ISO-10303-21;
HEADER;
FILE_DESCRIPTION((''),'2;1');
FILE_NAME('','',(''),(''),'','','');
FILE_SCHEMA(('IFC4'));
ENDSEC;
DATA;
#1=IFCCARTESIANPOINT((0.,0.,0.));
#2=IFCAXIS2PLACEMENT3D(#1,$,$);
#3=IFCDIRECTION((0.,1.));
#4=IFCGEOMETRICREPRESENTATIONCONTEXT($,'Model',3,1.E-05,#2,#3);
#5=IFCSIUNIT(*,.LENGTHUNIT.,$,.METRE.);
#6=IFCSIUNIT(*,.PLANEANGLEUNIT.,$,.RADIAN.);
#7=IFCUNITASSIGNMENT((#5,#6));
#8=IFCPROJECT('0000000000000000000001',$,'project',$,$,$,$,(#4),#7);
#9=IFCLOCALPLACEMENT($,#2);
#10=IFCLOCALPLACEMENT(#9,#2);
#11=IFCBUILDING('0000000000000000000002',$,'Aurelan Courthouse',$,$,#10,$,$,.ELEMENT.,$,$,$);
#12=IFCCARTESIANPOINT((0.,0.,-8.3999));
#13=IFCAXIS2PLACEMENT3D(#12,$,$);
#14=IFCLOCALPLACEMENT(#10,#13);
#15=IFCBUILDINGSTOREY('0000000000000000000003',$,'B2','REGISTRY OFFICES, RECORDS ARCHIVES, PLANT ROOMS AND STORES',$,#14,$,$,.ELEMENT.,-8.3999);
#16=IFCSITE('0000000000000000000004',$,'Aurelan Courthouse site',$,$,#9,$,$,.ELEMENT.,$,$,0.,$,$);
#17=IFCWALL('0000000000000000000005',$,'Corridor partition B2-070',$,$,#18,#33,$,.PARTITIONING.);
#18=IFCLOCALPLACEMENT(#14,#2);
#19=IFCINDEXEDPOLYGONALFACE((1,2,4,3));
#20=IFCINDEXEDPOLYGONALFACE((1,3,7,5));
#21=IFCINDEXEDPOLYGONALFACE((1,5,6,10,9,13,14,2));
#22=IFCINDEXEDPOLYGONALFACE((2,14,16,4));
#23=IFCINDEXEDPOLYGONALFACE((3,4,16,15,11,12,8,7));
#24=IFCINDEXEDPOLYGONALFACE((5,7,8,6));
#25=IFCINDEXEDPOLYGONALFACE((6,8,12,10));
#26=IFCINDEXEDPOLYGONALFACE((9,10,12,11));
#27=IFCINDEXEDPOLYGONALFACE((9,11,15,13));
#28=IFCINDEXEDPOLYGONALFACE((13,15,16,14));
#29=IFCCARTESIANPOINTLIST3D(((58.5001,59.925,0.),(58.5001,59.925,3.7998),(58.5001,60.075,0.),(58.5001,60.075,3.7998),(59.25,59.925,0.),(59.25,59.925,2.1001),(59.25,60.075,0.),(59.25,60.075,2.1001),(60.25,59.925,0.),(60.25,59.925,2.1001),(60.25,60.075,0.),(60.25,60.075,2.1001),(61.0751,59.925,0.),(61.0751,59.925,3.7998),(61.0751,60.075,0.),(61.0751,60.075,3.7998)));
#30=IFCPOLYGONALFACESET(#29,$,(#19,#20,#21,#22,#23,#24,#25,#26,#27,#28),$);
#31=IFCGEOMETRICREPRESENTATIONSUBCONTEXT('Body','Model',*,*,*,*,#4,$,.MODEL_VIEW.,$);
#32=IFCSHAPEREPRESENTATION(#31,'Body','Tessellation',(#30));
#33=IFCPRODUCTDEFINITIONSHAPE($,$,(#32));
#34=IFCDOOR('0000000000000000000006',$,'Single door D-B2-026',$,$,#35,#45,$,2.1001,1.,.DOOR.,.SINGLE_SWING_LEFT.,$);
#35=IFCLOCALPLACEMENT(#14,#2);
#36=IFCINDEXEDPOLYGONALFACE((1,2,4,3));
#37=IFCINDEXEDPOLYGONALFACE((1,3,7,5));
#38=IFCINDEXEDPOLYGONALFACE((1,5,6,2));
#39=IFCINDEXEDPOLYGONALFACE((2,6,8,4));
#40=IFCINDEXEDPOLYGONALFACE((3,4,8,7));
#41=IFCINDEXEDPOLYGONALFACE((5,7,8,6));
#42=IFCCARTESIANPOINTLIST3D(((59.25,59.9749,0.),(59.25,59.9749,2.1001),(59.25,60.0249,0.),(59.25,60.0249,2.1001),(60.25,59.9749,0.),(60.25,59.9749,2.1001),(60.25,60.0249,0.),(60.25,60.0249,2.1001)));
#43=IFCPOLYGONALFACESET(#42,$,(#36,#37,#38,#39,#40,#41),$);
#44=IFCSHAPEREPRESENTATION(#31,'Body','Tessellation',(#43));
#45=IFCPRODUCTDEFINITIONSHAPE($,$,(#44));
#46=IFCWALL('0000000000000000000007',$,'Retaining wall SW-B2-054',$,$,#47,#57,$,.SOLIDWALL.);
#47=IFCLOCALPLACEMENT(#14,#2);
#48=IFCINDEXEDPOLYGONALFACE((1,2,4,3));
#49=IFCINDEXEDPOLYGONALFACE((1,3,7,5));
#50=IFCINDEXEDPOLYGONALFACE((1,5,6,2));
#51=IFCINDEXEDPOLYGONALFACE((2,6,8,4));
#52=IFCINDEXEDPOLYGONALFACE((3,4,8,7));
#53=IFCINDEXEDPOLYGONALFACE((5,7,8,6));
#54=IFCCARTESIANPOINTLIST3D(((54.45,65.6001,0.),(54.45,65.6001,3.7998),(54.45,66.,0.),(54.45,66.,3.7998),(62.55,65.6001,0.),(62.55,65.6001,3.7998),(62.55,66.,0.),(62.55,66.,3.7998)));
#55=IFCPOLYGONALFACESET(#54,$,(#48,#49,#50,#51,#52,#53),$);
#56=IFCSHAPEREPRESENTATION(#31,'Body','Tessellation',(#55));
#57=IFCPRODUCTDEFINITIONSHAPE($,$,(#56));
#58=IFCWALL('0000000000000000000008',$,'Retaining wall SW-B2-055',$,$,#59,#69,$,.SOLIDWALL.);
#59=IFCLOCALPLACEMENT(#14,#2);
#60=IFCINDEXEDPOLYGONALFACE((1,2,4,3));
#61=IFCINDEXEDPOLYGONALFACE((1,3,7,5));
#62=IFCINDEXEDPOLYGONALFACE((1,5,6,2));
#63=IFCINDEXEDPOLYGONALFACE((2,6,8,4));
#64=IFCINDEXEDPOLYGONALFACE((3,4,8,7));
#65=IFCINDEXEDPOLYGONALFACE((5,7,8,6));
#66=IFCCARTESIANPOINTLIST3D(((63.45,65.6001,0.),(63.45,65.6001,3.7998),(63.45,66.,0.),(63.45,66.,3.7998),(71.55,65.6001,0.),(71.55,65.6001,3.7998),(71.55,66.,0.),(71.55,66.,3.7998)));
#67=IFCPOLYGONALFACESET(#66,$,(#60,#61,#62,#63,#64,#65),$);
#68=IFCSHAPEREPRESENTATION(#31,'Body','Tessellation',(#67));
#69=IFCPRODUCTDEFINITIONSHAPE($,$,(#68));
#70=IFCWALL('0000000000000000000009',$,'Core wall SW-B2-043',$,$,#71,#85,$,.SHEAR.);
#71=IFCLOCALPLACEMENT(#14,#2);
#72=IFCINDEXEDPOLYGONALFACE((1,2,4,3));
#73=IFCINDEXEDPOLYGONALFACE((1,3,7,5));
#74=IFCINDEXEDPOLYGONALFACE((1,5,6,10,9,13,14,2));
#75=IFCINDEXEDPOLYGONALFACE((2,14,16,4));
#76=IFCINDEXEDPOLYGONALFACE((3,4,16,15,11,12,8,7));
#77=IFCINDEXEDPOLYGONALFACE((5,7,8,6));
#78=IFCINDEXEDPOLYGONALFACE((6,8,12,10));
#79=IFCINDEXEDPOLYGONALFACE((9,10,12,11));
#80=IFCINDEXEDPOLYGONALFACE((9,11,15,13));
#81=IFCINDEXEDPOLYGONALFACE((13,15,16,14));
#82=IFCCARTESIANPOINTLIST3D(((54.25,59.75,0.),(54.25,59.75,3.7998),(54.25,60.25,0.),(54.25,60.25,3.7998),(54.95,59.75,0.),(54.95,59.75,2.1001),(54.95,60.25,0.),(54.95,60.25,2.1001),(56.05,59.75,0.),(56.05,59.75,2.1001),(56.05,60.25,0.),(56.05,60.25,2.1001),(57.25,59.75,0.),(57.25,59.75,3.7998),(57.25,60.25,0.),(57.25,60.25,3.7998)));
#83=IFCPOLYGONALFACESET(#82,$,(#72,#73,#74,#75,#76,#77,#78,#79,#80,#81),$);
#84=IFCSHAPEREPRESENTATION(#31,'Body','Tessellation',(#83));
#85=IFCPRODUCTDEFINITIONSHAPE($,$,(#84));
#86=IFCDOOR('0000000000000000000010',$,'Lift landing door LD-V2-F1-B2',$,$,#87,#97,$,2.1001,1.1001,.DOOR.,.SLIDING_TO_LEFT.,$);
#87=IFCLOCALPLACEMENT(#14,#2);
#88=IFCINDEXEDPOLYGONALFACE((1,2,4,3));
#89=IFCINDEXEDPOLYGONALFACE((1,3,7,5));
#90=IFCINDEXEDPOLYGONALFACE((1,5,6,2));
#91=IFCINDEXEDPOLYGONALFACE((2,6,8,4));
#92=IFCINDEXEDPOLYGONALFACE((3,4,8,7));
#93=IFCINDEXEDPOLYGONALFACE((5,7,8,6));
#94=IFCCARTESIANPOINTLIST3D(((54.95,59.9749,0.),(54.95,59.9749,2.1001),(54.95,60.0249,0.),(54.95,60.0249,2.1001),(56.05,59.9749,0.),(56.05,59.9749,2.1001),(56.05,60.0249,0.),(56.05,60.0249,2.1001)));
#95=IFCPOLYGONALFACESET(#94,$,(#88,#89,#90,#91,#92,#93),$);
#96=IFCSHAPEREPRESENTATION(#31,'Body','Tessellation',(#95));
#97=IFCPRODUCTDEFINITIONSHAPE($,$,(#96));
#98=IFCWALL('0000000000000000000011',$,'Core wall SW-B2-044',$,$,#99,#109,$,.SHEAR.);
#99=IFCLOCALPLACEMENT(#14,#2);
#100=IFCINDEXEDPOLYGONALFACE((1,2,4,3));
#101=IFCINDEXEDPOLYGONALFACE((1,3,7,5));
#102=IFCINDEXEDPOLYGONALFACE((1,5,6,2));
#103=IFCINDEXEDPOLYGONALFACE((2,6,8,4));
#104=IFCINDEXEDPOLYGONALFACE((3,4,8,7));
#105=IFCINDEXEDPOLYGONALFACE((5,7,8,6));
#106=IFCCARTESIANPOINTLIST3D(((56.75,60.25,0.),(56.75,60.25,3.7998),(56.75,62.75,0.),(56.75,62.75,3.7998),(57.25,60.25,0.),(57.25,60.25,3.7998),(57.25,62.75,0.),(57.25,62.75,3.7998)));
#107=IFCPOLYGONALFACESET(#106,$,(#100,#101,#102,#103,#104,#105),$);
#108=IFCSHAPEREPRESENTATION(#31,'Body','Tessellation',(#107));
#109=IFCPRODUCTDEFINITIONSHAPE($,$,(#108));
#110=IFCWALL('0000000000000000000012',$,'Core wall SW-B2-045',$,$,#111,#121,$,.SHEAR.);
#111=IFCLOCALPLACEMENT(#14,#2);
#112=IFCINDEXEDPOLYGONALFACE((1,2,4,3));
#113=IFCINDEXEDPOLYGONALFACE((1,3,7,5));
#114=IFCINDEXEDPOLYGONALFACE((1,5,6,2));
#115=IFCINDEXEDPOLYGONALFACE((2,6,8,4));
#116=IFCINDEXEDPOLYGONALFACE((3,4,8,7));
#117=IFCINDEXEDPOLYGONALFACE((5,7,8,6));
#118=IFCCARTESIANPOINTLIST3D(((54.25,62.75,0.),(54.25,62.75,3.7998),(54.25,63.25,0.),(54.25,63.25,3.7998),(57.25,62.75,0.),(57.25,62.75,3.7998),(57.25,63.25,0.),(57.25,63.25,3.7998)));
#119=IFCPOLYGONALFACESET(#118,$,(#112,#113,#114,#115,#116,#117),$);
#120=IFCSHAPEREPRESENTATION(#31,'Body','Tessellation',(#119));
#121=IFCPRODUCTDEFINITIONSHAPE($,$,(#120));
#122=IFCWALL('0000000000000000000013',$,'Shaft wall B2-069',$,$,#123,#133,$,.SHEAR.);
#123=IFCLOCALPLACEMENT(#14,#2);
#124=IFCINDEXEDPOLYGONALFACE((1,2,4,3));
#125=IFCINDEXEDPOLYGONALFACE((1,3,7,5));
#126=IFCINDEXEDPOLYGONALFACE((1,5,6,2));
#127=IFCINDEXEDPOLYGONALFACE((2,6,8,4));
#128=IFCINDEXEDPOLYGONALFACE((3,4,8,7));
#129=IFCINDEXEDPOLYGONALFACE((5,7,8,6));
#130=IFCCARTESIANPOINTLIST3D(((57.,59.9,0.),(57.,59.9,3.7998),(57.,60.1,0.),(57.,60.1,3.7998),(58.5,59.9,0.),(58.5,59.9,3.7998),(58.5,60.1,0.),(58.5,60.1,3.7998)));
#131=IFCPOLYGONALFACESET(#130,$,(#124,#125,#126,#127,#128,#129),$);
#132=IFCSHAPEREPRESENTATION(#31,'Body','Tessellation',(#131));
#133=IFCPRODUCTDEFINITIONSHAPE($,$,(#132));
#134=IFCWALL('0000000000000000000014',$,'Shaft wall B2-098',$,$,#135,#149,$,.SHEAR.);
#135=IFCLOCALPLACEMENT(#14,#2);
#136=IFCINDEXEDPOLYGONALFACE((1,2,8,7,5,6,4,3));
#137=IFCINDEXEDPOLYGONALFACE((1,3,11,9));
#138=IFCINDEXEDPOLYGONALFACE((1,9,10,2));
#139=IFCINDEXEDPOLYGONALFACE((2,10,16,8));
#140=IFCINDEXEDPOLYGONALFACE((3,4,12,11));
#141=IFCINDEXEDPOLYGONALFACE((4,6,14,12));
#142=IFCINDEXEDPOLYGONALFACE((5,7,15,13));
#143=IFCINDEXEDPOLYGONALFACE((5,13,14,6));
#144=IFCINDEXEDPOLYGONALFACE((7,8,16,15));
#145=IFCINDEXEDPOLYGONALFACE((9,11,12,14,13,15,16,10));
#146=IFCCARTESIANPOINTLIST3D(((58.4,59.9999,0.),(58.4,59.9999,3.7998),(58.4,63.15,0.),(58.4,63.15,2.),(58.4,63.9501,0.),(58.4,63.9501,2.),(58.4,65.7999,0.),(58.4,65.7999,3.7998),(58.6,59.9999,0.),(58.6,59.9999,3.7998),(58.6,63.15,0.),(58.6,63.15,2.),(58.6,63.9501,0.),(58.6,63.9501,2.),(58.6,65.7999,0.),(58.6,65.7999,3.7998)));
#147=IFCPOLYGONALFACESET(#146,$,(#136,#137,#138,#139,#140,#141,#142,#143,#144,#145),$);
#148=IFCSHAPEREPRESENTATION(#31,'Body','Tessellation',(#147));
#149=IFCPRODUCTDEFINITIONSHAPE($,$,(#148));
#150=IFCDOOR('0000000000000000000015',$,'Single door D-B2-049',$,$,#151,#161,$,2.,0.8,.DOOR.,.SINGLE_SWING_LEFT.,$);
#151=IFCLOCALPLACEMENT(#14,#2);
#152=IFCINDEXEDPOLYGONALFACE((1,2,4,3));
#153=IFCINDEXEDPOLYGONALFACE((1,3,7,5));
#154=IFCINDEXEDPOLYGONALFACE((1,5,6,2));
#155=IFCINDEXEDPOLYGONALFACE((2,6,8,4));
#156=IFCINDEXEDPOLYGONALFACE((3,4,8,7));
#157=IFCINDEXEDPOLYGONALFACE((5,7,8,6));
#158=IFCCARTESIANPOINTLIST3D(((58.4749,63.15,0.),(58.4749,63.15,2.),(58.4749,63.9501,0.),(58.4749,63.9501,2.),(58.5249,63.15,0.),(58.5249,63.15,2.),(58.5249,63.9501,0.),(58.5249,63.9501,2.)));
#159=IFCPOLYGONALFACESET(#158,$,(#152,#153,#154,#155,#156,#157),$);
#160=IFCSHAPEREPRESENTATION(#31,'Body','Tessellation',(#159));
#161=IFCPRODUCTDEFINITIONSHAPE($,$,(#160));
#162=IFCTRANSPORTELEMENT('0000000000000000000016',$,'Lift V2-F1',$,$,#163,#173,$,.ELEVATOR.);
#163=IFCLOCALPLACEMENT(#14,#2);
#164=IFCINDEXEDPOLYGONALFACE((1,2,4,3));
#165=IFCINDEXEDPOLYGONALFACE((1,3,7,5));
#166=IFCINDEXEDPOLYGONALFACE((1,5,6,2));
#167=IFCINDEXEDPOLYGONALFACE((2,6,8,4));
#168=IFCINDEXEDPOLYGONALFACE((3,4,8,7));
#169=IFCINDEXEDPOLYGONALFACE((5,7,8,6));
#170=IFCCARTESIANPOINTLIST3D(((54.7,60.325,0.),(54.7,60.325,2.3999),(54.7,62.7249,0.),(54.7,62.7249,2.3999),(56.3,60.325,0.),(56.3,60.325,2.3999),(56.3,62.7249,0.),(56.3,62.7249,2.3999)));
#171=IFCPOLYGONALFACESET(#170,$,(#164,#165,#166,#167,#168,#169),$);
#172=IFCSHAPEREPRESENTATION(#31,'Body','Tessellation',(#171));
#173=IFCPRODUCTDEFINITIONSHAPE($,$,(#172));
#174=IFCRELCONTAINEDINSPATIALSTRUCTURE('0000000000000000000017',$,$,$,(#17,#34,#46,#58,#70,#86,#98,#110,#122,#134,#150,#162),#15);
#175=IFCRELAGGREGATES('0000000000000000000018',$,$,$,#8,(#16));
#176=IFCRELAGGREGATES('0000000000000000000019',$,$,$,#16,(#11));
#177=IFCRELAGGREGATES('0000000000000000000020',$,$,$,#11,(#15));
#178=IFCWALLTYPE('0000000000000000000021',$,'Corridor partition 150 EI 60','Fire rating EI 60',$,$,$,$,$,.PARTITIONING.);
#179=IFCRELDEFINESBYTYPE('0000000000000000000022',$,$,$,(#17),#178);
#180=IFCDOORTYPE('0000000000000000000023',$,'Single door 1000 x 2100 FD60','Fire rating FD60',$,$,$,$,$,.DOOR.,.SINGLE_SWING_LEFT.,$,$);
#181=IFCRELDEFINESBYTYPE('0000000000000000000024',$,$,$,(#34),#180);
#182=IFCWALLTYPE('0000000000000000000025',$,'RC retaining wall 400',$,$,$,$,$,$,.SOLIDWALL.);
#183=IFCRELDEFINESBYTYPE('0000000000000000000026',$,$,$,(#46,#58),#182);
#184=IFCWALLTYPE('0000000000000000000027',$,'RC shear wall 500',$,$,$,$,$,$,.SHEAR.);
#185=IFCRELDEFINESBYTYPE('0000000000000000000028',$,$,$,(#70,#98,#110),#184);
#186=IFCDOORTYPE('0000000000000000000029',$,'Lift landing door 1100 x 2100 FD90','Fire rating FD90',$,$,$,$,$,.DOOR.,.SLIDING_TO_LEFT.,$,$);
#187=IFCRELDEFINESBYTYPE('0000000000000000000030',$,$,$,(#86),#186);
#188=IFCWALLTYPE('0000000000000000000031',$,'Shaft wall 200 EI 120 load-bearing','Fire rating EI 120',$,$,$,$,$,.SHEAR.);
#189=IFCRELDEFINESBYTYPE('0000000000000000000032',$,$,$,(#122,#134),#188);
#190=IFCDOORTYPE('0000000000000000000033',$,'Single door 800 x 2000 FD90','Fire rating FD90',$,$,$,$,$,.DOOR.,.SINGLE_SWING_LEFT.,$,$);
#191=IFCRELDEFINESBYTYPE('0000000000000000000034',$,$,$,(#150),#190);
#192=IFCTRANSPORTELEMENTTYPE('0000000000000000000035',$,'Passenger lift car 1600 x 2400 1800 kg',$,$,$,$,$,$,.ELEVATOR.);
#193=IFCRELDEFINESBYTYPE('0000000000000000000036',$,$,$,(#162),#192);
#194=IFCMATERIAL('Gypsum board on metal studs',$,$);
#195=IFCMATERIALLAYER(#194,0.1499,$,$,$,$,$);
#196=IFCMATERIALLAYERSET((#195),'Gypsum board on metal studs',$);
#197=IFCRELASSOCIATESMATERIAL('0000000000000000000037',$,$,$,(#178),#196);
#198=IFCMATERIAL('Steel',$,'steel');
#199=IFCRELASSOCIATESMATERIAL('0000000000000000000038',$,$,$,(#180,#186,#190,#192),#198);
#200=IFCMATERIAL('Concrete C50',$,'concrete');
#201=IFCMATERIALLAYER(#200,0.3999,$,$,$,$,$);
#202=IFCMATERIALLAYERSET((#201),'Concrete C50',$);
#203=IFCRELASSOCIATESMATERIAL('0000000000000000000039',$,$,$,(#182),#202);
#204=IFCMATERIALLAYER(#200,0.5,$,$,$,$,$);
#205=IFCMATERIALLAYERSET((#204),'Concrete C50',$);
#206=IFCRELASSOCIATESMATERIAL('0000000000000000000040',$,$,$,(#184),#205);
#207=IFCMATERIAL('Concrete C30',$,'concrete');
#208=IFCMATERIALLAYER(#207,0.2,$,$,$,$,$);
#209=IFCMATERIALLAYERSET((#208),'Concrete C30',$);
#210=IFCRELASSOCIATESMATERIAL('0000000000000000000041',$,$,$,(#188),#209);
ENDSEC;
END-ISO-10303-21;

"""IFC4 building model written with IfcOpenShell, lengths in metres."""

from ifc_helpers import new_model, si_unit, direction, frame, frame_2d, origin, origin_2d, place, context, subcontext, project, spatial, rectangle, extrude, material, layer, layer_set, type_object, element, fill, save


model = new_model("IFC4")

# Units and contexts
model_context = context("Model", 3, precision=1e-05, world=origin(), true_north=direction((0.0, 1.0)))
body_context = subcontext(model_context, "Body", "Model", "MODEL_VIEW")
ifc_project = project(units=[si_unit("LENGTHUNIT", "METRE"), si_unit("PLANEANGLEUNIT", "RADIAN")], contexts=[model_context])

# Site, building, storey
site_placement = place(None, origin())
site = spatial("IfcSite", under=ifc_project, at=site_placement, Name="Aurelan Courthouse site", CompositionType="ELEMENT", RefElevation=0.0)
building_placement = place(site_placement, origin())
building = spatial("IfcBuilding", under=site, at=building_placement, Name="Aurelan Courthouse", CompositionType="ELEMENT")
storey_placement = place(building_placement, frame((0.0, 0.0, -8.3999)))
storey = spatial("IfcBuildingStorey", under=building, at=storey_placement, Name="B2", Description="REGISTRY OFFICES, RECORDS ARCHIVES, PLANT ROOMS AND STORES", CompositionType="ELEMENT", Elevation=-8.3999)

# Shared definitions
ifc_material_1 = material(Name="Concrete C50", Category="concrete")

# Wall, opening, door
ifc_material_2 = material(Name="Gypsum board on metal studs")
ifc_layer_1 = layer(ifc_material_2, 0.1499)
ifc_layer_set_1 = layer_set([ifc_layer_1], Name="Gypsum board on metal studs")
wall_type_1 = type_object("IfcWallType", Name="Corridor partition 150 EI 60", Description="Fire rating EI 60", PredefinedType="PARTITIONING", material=ifc_layer_set_1)
wall_1_placement = place(storey_placement, frame((58.5, 60.0, 0.0), z_axis=(0.0, 0.0, 1.0), x_axis=(1.0, 0.0, 0.0)))
wall_1 = element("IfcWall", 1, at=wall_1_placement, inside=storey, type_object=wall_type_1, Name="Corridor partition B2-070", PredefinedType="PARTITIONING", context=body_context, shape_type="SweptSolid", body=[
    extrude(rectangle(XDim=2.575, YDim=0.1499, at=frame_2d((1.2876, 0.0))), origin(), (0.0, 0.0, 1.0), 3.7998),
])
opening_1_placement = place(wall_1_placement, frame((0.75, 0.0, 0.0)))
opening_1 = element("IfcOpeningElement", 2, at=opening_1_placement, cuts=wall_1, PredefinedType="OPENING", context=body_context, shape_type="SweptSolid", body=[
    extrude(rectangle(XDim=1.0, YDim=2.1001, at=frame_2d((0.5, 1.05))), frame((0.0, 0.085, 0.0), z_axis=(0.0, -1.0, 0.0), x_axis=(1.0, 0.0, 0.0)), (0.0, 0.0, 1.0), 0.1699),
])
ifc_material_3 = material(Name="Steel", Category="steel")
door_type_1 = type_object("IfcDoorType", Name="Single door 1000 x 2100 FD60", Description="Fire rating FD60", OperationType="SINGLE_SWING_LEFT", PredefinedType="DOOR", material=ifc_material_3)
door_1_placement = place(opening_1_placement, origin())
door_1 = element("IfcDoor", 3, at=door_1_placement, inside=storey, type_object=door_type_1, Name="Single door D-B2-026", OperationType="SINGLE_SWING_LEFT", OverallHeight=2.1001, OverallWidth=1.0, PredefinedType="DOOR", context=body_context, shape_type="SweptSolid", body=[
    extrude(rectangle(XDim=1.0, YDim=2.1001, at=frame_2d((0.5, 1.05))), frame((0.0, 0.0249, 0.0), z_axis=(0.0, -1.0, 0.0), x_axis=(1.0, 0.0, 0.0)), (0.0, 0.0, 1.0), 0.05),
])
fill(opening_1, door_1)

# Walls
ifc_layer_2 = layer(ifc_material_1, 0.3999)
ifc_layer_set_2 = layer_set([ifc_layer_2], Name="Concrete C50")
wall_type_2 = type_object("IfcWallType", Name="RC retaining wall 400", PredefinedType="SOLIDWALL", material=ifc_layer_set_2)
for number, where, z_axis, x_axis, name in (
    (4, (54.45, 65.8, 0.0), (0.0, 0.0, 1.0), (1.0, 0.0, 0.0), "Retaining wall SW-B2-054"),
    (5, (63.45, 65.8, 0.0), (0.0, 0.0, 1.0), (1.0, 0.0, 0.0), "Retaining wall SW-B2-055"),
):
    element("IfcWall", number, at=place(storey_placement, frame(where, z_axis=z_axis, x_axis=x_axis)), inside=storey, type_object=wall_type_2, Name=name, PredefinedType="SOLIDWALL", context=body_context, shape_type="SweptSolid", body=[
        extrude(rectangle(XDim=8.1001, YDim=0.3999, at=frame_2d((4.05, 0.0))), origin(), (0.0, 0.0, 1.0), 3.7998),
    ])

# Wall, opening, door
ifc_layer_3 = layer(ifc_material_1, 0.5)
ifc_layer_set_3 = layer_set([ifc_layer_3], Name="Concrete C50")
wall_type_3 = type_object("IfcWallType", Name="RC shear wall 500", PredefinedType="SHEAR", material=ifc_layer_set_3)
wall_2_placement = place(storey_placement, frame((54.25, 60.0, 0.0), z_axis=(0.0, 0.0, 1.0), x_axis=(1.0, 0.0, 0.0)))
wall_2 = element("IfcWall", 6, at=wall_2_placement, inside=storey, type_object=wall_type_3, Name="Core wall SW-B2-043", PredefinedType="SHEAR", context=body_context, shape_type="SweptSolid", body=[
    extrude(rectangle(XDim=3.0, YDim=0.5, at=frame_2d((1.5, 0.0))), origin(), (0.0, 0.0, 1.0), 3.7998),
])
opening_2_placement = place(wall_2_placement, frame((0.7, 0.0, 0.0)))
opening_2 = element("IfcOpeningElement", 7, at=opening_2_placement, cuts=wall_2, PredefinedType="OPENING", context=body_context, shape_type="SweptSolid", body=[
    extrude(rectangle(XDim=1.1001, YDim=2.1001, at=frame_2d((0.55, 1.05))), frame((0.0, 0.26, 0.0), z_axis=(0.0, -1.0, 0.0), x_axis=(1.0, 0.0, 0.0)), (0.0, 0.0, 1.0), 0.52),
])
door_type_2 = type_object("IfcDoorType", Name="Lift landing door 1100 x 2100 FD90", Description="Fire rating FD90", OperationType="SLIDING_TO_LEFT", PredefinedType="DOOR", material=ifc_material_3)
door_2_placement = place(opening_2_placement, origin())
door_2 = element("IfcDoor", 8, at=door_2_placement, inside=storey, type_object=door_type_2, Name="Lift landing door LD-V2-F1-B2", OperationType="SLIDING_TO_LEFT", OverallHeight=2.1001, OverallWidth=1.1001, PredefinedType="DOOR", context=body_context, shape_type="SweptSolid", body=[
    extrude(rectangle(XDim=1.1001, YDim=2.1001, at=frame_2d((0.55, 1.05))), frame((0.0, 0.0249, 0.0), z_axis=(0.0, -1.0, 0.0), x_axis=(1.0, 0.0, 0.0)), (0.0, 0.0, 1.0), 0.05),
])
fill(opening_2, door_2)

# Walls
wall_3_placement = place(storey_placement, frame((57.0, 60.25, 0.0), z_axis=(0.0, 0.0, 1.0), x_axis=(0.0, 1.0, 0.0)))
element("IfcWall", 9, at=wall_3_placement, inside=storey, type_object=wall_type_3, Name="Core wall SW-B2-044", PredefinedType="SHEAR", context=body_context, shape_type="SweptSolid", body=[
    extrude(rectangle(XDim=2.5, YDim=0.5, at=frame_2d((1.25, 0.0))), origin(), (0.0, 0.0, 1.0), 3.7998),
])
wall_4_placement = place(storey_placement, frame((54.25, 63.0, 0.0), z_axis=(0.0, 0.0, 1.0), x_axis=(1.0, 0.0, 0.0)))
element("IfcWall", 10, at=wall_4_placement, inside=storey, type_object=wall_type_3, Name="Core wall SW-B2-045", PredefinedType="SHEAR", context=body_context, shape_type="SweptSolid", body=[
    extrude(rectangle(XDim=3.0, YDim=0.5, at=frame_2d((1.5, 0.0))), origin(), (0.0, 0.0, 1.0), 3.7998),
])
ifc_material_4 = material(Name="Concrete C30", Category="concrete")
ifc_layer_4 = layer(ifc_material_4, 0.2)
ifc_layer_set_4 = layer_set([ifc_layer_4], Name="Concrete C30")
wall_type_4 = type_object("IfcWallType", Name="Shaft wall 200 EI 120 load-bearing", Description="Fire rating EI 120", PredefinedType="SHEAR", material=ifc_layer_set_4)
wall_5_placement = place(storey_placement, frame((57.0, 60.0, 0.0), z_axis=(0.0, 0.0, 1.0), x_axis=(1.0, 0.0, 0.0)))
element("IfcWall", 11, at=wall_5_placement, inside=storey, type_object=wall_type_4, Name="Shaft wall B2-069", PredefinedType="SHEAR", context=body_context, shape_type="SweptSolid", body=[
    extrude(rectangle(XDim=1.5, YDim=0.2, at=frame_2d((0.75, 0.0))), origin(), (0.0, 0.0, 1.0), 3.7998),
])

# Wall, opening, door
wall_6_placement = place(storey_placement, frame((58.5, 60.0, 0.0), z_axis=(0.0, 0.0, 1.0), x_axis=(0.0, 1.0, 0.0)))
wall_6 = element("IfcWall", 12, at=wall_6_placement, inside=storey, type_object=wall_type_4, Name="Shaft wall B2-098", PredefinedType="SHEAR", context=body_context, shape_type="SweptSolid", body=[
    extrude(rectangle(XDim=5.8, YDim=0.2, at=frame_2d((2.8999, 0.0))), origin(), (0.0, 0.0, 1.0), 3.7998),
])
opening_3_placement = place(wall_6_placement, frame((3.95, 0.0, 0.0), z_axis=(0.0, 0.0, 1.0), x_axis=(-1.0, 0.0, 0.0)))
opening_3 = element("IfcOpeningElement", 13, at=opening_3_placement, cuts=wall_6, PredefinedType="OPENING", context=body_context, shape_type="SweptSolid", body=[
    extrude(rectangle(XDim=0.8, YDim=2.0, at=frame_2d((0.3999, 1.0))), frame((0.0, 0.1099, 0.0), z_axis=(0.0, -1.0, 0.0), x_axis=(1.0, 0.0, 0.0)), (0.0, 0.0, 1.0), 0.22),
])
door_type_3 = type_object("IfcDoorType", Name="Single door 800 x 2000 FD90", Description="Fire rating FD90", OperationType="SINGLE_SWING_LEFT", PredefinedType="DOOR", material=ifc_material_3)
door_3_placement = place(opening_3_placement, origin())
door_3 = element("IfcDoor", 14, at=door_3_placement, inside=storey, type_object=door_type_3, Name="Single door D-B2-049", OperationType="SINGLE_SWING_LEFT", OverallHeight=2.0, OverallWidth=0.8, PredefinedType="DOOR", context=body_context, shape_type="SweptSolid", body=[
    extrude(rectangle(XDim=0.8, YDim=2.0, at=frame_2d((0.3999, 1.0))), frame((0.0, 0.0249, 0.0), z_axis=(0.0, -1.0, 0.0), x_axis=(1.0, 0.0, 0.0)), (0.0, 0.0, 1.0), 0.05),
])
fill(opening_3, door_3)

# Transport element
transport_element_type = type_object("IfcTransportElementType", Name="Passenger lift car 1600 x 2400 1800 kg", PredefinedType="ELEVATOR", material=ifc_material_3)
transport_element_placement = place(storey_placement, frame((55.5, 61.5249, 0.0), z_axis=(0.0, 0.0, 1.0), x_axis=(1.0, 0.0, 0.0)))
element("IfcTransportElement", 15, at=transport_element_placement, inside=storey, type_object=transport_element_type, Name="Lift V2-F1", PredefinedType="ELEVATOR", context=body_context, shape_type="SweptSolid", body=[
    extrude(rectangle(XDim=1.6001, YDim=2.3999, at=origin_2d()), origin(), (0.0, 0.0, 1.0), 2.3999),
])

save(model, "model.ifc")
